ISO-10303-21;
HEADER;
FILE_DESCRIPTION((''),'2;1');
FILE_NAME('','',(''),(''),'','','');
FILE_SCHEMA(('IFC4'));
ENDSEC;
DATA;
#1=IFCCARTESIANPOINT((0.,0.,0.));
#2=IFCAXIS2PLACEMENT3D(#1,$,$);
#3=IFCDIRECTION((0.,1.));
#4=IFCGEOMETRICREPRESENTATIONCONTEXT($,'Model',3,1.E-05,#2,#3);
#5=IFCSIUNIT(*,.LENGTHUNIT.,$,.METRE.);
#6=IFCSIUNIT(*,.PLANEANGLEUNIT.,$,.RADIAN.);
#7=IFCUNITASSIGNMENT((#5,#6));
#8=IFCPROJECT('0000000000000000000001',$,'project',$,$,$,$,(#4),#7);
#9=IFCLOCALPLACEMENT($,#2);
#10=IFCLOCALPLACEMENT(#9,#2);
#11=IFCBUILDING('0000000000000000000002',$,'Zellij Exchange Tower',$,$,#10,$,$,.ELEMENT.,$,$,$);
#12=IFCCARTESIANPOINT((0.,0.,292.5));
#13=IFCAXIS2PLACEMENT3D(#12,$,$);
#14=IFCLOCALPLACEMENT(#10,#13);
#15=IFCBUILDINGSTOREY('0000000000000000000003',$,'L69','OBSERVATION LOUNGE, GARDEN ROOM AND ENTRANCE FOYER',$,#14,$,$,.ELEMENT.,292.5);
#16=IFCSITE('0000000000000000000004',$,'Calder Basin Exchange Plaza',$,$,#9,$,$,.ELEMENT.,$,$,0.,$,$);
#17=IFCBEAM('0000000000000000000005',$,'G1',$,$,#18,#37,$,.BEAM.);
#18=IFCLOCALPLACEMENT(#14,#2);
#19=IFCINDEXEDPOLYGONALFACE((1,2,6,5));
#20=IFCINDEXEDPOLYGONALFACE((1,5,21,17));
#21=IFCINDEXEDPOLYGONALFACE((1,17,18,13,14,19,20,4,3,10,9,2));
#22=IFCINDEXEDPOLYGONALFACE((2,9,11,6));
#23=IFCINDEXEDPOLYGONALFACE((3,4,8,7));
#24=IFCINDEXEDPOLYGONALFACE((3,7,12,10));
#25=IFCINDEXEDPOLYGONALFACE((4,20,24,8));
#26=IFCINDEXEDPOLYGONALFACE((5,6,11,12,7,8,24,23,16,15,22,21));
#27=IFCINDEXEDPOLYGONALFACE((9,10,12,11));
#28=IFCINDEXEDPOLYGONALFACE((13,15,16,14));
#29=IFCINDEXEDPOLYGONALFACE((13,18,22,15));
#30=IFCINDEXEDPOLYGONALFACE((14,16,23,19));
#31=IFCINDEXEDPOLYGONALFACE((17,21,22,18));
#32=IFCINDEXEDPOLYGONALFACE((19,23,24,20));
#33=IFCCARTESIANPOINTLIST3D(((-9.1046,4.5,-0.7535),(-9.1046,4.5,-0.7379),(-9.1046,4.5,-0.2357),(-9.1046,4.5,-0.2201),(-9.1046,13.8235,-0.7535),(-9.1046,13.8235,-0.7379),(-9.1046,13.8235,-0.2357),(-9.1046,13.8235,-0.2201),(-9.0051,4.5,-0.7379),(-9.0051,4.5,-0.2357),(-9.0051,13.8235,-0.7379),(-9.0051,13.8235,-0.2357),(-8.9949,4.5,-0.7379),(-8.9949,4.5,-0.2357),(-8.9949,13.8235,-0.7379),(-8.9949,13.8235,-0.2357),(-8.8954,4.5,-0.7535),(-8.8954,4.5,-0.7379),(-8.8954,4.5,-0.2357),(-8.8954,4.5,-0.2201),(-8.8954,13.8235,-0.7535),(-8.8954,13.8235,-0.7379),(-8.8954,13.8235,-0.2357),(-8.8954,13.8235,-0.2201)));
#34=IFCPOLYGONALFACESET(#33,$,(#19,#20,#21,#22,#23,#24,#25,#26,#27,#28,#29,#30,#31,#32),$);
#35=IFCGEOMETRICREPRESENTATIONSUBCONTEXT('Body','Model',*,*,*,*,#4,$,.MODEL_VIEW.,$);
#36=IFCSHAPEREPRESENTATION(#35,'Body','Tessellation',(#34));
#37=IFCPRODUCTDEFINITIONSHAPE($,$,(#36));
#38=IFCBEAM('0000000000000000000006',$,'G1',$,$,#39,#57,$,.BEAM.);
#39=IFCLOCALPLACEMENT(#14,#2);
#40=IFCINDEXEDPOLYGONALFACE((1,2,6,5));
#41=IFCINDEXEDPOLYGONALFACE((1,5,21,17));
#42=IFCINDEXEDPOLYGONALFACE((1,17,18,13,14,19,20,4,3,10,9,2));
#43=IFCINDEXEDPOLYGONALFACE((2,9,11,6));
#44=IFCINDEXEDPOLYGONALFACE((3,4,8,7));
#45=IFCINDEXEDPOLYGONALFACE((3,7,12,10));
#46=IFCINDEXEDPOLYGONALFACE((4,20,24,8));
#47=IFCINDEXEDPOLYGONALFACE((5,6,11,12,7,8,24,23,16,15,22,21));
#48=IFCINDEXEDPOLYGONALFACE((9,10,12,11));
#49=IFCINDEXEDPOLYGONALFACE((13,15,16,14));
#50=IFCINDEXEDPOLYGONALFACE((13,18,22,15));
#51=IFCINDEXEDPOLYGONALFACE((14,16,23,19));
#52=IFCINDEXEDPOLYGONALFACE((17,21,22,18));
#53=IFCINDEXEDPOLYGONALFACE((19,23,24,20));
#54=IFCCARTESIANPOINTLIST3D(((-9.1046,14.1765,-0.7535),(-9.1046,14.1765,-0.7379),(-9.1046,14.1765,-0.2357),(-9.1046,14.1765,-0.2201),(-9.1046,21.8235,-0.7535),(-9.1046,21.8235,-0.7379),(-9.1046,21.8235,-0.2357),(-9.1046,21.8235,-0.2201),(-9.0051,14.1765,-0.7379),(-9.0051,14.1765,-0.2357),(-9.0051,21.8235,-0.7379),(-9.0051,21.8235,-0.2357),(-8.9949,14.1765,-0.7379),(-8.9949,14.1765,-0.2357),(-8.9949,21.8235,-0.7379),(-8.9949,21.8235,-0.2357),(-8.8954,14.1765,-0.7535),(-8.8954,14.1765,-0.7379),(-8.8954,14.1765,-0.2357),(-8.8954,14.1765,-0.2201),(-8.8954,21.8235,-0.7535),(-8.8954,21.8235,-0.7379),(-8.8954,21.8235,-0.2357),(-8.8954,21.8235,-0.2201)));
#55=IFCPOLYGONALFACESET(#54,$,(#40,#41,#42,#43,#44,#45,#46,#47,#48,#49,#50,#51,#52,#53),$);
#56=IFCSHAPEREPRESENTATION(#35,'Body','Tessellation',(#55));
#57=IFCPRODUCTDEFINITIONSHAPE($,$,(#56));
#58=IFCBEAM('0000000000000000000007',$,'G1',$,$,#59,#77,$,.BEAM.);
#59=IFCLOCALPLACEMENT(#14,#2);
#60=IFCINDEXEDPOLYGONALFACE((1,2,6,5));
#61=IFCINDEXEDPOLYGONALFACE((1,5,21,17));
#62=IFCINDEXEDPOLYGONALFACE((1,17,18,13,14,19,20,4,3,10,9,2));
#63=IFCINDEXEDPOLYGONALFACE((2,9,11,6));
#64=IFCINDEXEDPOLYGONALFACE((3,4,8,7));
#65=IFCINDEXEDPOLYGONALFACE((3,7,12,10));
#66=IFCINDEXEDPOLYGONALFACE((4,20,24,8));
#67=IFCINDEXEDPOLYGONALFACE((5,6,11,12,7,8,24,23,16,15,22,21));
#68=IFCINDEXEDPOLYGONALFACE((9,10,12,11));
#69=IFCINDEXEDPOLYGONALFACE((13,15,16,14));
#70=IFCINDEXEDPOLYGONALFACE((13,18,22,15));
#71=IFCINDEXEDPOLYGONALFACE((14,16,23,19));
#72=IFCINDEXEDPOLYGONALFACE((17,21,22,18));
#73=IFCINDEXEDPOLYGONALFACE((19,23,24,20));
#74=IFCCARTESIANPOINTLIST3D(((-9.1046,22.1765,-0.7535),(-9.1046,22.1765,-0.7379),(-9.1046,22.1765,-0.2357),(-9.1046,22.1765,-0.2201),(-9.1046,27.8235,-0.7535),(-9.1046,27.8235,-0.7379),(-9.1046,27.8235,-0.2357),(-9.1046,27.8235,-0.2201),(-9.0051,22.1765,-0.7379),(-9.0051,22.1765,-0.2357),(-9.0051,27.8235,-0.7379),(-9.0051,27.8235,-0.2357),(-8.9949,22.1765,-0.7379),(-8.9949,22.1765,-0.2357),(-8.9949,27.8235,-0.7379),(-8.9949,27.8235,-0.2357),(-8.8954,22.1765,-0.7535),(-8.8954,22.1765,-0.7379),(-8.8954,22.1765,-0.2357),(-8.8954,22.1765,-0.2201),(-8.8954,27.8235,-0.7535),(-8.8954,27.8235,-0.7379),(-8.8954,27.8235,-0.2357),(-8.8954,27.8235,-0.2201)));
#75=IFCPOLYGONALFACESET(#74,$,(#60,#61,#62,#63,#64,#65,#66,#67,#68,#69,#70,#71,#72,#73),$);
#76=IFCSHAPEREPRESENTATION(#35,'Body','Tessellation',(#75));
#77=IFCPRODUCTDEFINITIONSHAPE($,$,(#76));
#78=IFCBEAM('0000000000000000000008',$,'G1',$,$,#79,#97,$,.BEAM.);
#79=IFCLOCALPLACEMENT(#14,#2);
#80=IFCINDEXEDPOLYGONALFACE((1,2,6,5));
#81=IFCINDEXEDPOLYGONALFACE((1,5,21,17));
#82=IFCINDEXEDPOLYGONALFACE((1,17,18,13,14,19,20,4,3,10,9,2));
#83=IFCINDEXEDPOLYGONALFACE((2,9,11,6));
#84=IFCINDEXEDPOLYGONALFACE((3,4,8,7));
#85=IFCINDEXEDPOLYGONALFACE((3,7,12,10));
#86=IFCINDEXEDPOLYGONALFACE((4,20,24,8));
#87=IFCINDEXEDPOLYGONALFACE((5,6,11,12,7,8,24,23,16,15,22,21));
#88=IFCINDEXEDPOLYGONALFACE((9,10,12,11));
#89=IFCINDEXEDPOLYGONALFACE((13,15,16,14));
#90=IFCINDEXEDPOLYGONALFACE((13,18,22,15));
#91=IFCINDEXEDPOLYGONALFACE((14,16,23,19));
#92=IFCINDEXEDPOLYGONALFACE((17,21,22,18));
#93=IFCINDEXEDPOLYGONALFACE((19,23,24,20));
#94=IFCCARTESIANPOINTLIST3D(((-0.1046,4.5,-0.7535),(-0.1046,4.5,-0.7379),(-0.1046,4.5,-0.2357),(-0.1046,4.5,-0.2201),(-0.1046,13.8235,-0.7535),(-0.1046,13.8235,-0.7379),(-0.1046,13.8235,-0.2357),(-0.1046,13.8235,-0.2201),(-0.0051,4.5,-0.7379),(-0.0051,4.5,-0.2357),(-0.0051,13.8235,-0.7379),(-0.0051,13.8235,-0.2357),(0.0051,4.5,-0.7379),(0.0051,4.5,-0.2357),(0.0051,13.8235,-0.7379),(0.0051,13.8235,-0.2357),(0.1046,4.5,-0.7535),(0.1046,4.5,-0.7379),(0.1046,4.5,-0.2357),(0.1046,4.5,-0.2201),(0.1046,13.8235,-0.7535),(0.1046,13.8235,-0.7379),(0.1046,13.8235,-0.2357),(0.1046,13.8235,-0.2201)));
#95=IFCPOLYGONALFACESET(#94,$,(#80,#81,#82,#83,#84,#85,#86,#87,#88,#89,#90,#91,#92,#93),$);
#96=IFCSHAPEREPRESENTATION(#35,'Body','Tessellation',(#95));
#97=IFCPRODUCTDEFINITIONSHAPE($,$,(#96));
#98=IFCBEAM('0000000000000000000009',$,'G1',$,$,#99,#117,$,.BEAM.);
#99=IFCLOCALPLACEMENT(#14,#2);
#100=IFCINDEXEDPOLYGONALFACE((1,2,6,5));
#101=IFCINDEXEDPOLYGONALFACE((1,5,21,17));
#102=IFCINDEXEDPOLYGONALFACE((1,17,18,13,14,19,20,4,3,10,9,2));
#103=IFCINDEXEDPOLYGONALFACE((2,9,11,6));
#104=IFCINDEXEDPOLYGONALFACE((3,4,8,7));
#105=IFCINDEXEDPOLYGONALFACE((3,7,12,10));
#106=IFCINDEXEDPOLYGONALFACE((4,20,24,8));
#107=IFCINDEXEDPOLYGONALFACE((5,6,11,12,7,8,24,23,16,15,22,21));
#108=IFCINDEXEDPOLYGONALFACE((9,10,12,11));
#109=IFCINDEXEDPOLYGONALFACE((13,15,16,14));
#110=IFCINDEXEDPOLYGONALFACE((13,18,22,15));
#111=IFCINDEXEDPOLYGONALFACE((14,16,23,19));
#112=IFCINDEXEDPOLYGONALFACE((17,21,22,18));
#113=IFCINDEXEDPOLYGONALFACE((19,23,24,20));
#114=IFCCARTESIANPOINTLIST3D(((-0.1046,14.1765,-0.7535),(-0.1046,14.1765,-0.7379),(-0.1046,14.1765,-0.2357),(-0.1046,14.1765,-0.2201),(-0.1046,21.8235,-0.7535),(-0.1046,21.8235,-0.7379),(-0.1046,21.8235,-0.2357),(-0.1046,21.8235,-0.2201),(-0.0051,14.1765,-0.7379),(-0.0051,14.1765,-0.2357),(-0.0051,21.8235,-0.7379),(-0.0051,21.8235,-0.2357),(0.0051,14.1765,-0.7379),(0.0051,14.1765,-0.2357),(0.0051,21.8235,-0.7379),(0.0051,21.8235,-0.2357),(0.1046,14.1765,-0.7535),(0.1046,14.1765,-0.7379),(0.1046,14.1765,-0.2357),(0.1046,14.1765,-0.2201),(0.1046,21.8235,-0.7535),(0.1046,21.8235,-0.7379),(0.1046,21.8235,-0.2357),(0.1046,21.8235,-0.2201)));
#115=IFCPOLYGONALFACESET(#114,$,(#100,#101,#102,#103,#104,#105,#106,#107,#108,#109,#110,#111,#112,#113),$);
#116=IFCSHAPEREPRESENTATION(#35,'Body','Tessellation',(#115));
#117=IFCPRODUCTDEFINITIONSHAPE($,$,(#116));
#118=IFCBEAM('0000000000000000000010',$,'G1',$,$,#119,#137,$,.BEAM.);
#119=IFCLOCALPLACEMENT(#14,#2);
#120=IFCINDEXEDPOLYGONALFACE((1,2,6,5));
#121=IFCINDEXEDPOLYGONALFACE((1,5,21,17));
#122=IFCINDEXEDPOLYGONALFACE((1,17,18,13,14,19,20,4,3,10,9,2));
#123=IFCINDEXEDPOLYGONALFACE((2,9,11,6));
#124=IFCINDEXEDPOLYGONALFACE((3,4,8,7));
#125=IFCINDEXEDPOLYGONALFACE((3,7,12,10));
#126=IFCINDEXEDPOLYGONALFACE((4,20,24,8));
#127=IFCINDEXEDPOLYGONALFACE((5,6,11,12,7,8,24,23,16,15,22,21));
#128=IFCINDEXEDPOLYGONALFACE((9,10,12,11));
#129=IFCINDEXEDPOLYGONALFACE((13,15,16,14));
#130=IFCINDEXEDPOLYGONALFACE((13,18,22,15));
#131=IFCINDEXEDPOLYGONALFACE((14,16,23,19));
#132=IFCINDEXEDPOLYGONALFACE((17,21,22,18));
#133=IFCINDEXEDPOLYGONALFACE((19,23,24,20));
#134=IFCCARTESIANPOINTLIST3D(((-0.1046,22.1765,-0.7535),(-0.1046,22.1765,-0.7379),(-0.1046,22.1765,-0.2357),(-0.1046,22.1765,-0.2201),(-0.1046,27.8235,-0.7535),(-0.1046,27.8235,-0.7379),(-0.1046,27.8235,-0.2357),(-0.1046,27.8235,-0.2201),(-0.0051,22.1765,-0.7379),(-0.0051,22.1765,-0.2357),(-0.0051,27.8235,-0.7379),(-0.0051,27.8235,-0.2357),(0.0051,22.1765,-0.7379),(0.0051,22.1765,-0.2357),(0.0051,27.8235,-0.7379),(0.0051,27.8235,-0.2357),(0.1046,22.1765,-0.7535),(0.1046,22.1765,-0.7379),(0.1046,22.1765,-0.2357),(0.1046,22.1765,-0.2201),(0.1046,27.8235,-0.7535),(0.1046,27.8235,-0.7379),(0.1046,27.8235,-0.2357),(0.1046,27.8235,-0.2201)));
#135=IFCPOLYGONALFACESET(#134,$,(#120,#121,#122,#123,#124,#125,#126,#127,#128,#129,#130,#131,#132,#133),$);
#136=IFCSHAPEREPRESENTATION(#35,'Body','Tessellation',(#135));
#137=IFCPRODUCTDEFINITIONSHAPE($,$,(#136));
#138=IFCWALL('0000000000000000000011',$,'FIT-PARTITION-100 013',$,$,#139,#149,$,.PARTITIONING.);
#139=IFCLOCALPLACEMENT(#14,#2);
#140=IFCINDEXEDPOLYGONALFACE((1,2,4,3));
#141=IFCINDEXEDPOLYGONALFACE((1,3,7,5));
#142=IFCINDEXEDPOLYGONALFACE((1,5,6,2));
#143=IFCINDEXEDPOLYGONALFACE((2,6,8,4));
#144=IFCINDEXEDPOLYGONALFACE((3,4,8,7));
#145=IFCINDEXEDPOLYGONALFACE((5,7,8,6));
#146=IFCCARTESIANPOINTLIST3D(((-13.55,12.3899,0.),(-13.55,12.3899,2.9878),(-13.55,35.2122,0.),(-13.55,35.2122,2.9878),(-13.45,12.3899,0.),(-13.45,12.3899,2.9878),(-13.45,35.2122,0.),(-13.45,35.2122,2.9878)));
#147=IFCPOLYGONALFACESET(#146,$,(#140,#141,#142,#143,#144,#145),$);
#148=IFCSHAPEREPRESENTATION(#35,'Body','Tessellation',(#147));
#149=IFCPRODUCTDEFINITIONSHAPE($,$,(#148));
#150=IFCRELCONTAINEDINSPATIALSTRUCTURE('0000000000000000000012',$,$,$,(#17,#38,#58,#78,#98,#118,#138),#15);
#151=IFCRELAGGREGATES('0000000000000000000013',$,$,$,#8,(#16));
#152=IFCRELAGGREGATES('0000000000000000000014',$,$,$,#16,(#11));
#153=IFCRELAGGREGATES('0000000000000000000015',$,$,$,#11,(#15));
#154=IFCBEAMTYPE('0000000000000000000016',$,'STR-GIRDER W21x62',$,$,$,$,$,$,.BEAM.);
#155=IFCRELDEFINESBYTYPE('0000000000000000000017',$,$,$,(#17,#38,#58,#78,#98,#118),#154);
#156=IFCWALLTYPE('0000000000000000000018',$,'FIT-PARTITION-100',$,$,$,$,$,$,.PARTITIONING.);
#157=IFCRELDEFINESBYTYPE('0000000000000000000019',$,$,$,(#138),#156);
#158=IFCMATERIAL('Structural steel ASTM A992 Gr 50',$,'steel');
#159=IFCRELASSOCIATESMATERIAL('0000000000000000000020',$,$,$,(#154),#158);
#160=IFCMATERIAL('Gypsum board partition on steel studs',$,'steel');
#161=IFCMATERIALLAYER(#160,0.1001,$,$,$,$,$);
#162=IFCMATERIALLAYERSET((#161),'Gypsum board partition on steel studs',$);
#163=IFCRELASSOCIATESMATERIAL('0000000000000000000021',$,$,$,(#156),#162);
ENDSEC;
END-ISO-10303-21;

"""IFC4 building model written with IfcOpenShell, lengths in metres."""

from ifc_helpers import new_model, si_unit, direction, frame, frame_2d, origin, origin_2d, place, context, subcontext, project, spatial, rectangle, i_section, extrude, material, layer, layer_set, material_profile, profile_set, type_object, element, save


model = new_model("IFC4")

# Units and contexts
model_context = context("Model", 3, precision=1e-05, world=origin(), true_north=direction((0.0, 1.0)))
body_context = subcontext(model_context, "Body", "Model", "MODEL_VIEW")
ifc_project = project(units=[si_unit("LENGTHUNIT", "METRE"), si_unit("PLANEANGLEUNIT", "RADIAN")], contexts=[model_context])

# Site, building, storey
site_placement = place(None, origin())
site = spatial("IfcSite", under=ifc_project, at=site_placement, Name="Calder Basin Exchange Plaza", CompositionType="ELEMENT", RefElevation=0.0)
building_placement = place(site_placement, origin())
building = spatial("IfcBuilding", under=site, at=building_placement, Name="Zellij Exchange Tower", CompositionType="ELEMENT")
storey_placement = place(building_placement, frame((0.0, 0.0, 292.5)))
storey = spatial("IfcBuildingStorey", under=building, at=storey_placement, Name="L69", Description="OBSERVATION LOUNGE, GARDEN ROOM AND ENTRANCE FOYER", CompositionType="ELEMENT", Elevation=292.5)

# Shared definitions
ifc_material_1 = material(Name="Structural steel ASTM A992 Gr 50", Category="steel")

# Beams
ifc_material_profile_1 = material_profile(ifc_material_1, i_section(OverallWidth=0.2092, OverallDepth=0.5334, WebThickness=0.0103, FlangeThickness=0.0156, at=origin_2d()), Name="W21x62")
ifc_profile_set_1 = profile_set([ifc_material_profile_1], Name="Structural steel ASTM A992 Gr 50")
beam_type = type_object("IfcBeamType", Name="STR-GIRDER W21x62", PredefinedType="BEAM", material=ifc_profile_set_1)
beam_1_placement = place(storey_placement, frame((-9.0, 4.5, -0.4868), z_axis=(0.0, 1.0, 0.0), x_axis=(-1.0, 0.0, 0.0)))
element("IfcBeam", 1, at=beam_1_placement, inside=storey, type_object=beam_type, Name="G1", PredefinedType="BEAM", context=body_context, shape_type="SweptSolid", body=[
    extrude(i_section(OverallWidth=0.2092, OverallDepth=0.5334, WebThickness=0.0103, FlangeThickness=0.0156, at=origin_2d()), origin(), (0.0, 0.0, 1.0), 9.3235),
])
beam_2_placement = place(storey_placement, frame((-9.0, 14.1765, -0.4868), z_axis=(0.0, 1.0, 0.0), x_axis=(-1.0, 0.0, 0.0)))
element("IfcBeam", 2, at=beam_2_placement, inside=storey, type_object=beam_type, Name="G1", PredefinedType="BEAM", context=body_context, shape_type="SweptSolid", body=[
    extrude(i_section(OverallWidth=0.2092, OverallDepth=0.5334, WebThickness=0.0103, FlangeThickness=0.0156, at=origin_2d()), origin(), (0.0, 0.0, 1.0), 7.647),
])
beam_3_placement = place(storey_placement, frame((-9.0, 22.1765, -0.4868), z_axis=(0.0, 1.0, 0.0), x_axis=(-1.0, 0.0, 0.0)))
element("IfcBeam", 3, at=beam_3_placement, inside=storey, type_object=beam_type, Name="G1", PredefinedType="BEAM", context=body_context, shape_type="SweptSolid", body=[
    extrude(i_section(OverallWidth=0.2092, OverallDepth=0.5334, WebThickness=0.0103, FlangeThickness=0.0156, at=origin_2d()), origin(), (0.0, 0.0, 1.0), 5.647),
])
beam_4_placement = place(storey_placement, frame((0.0, 4.5, -0.4868), z_axis=(0.0, 1.0, 0.0), x_axis=(-1.0, 0.0, 0.0)))
element("IfcBeam", 4, at=beam_4_placement, inside=storey, type_object=beam_type, Name="G1", PredefinedType="BEAM", context=body_context, shape_type="SweptSolid", body=[
    extrude(i_section(OverallWidth=0.2092, OverallDepth=0.5334, WebThickness=0.0103, FlangeThickness=0.0156, at=origin_2d()), origin(), (0.0, 0.0, 1.0), 9.3235),
])
beam_5_placement = place(storey_placement, frame((0.0, 14.1765, -0.4868), z_axis=(0.0, 1.0, 0.0), x_axis=(-1.0, 0.0, 0.0)))
element("IfcBeam", 5, at=beam_5_placement, inside=storey, type_object=beam_type, Name="G1", PredefinedType="BEAM", context=body_context, shape_type="SweptSolid", body=[
    extrude(i_section(OverallWidth=0.2092, OverallDepth=0.5334, WebThickness=0.0103, FlangeThickness=0.0156, at=origin_2d()), origin(), (0.0, 0.0, 1.0), 7.647),
])
beam_6_placement = place(storey_placement, frame((0.0, 22.1765, -0.4868), z_axis=(0.0, 1.0, 0.0), x_axis=(-1.0, 0.0, 0.0)))
element("IfcBeam", 6, at=beam_6_placement, inside=storey, type_object=beam_type, Name="G1", PredefinedType="BEAM", context=body_context, shape_type="SweptSolid", body=[
    extrude(i_section(OverallWidth=0.2092, OverallDepth=0.5334, WebThickness=0.0103, FlangeThickness=0.0156, at=origin_2d()), origin(), (0.0, 0.0, 1.0), 5.647),
])

# Wall
ifc_material_2 = material(Name="Gypsum board partition on steel studs", Category="steel")
ifc_layer = layer(ifc_material_2, 0.1001)
ifc_layer_set = layer_set([ifc_layer], Name="Gypsum board partition on steel studs")
wall_type = type_object("IfcWallType", Name="FIT-PARTITION-100", PredefinedType="PARTITIONING", material=ifc_layer_set)
wall_placement = place(storey_placement, frame((-13.5, 12.3899, 0.0), z_axis=(0.0, 0.0, 1.0), x_axis=(0.0, 1.0, 0.0)))
element("IfcWall", 7, at=wall_placement, inside=storey, type_object=wall_type, Name="FIT-PARTITION-100 013", PredefinedType="PARTITIONING", context=body_context, shape_type="SweptSolid", body=[
    extrude(rectangle(XDim=22.8223, YDim=0.1001, at=frame_2d((11.4111, 0.0))), origin(), (0.0, 0.0, 1.0), 2.9878),
])

save(model, "model.ifc")
